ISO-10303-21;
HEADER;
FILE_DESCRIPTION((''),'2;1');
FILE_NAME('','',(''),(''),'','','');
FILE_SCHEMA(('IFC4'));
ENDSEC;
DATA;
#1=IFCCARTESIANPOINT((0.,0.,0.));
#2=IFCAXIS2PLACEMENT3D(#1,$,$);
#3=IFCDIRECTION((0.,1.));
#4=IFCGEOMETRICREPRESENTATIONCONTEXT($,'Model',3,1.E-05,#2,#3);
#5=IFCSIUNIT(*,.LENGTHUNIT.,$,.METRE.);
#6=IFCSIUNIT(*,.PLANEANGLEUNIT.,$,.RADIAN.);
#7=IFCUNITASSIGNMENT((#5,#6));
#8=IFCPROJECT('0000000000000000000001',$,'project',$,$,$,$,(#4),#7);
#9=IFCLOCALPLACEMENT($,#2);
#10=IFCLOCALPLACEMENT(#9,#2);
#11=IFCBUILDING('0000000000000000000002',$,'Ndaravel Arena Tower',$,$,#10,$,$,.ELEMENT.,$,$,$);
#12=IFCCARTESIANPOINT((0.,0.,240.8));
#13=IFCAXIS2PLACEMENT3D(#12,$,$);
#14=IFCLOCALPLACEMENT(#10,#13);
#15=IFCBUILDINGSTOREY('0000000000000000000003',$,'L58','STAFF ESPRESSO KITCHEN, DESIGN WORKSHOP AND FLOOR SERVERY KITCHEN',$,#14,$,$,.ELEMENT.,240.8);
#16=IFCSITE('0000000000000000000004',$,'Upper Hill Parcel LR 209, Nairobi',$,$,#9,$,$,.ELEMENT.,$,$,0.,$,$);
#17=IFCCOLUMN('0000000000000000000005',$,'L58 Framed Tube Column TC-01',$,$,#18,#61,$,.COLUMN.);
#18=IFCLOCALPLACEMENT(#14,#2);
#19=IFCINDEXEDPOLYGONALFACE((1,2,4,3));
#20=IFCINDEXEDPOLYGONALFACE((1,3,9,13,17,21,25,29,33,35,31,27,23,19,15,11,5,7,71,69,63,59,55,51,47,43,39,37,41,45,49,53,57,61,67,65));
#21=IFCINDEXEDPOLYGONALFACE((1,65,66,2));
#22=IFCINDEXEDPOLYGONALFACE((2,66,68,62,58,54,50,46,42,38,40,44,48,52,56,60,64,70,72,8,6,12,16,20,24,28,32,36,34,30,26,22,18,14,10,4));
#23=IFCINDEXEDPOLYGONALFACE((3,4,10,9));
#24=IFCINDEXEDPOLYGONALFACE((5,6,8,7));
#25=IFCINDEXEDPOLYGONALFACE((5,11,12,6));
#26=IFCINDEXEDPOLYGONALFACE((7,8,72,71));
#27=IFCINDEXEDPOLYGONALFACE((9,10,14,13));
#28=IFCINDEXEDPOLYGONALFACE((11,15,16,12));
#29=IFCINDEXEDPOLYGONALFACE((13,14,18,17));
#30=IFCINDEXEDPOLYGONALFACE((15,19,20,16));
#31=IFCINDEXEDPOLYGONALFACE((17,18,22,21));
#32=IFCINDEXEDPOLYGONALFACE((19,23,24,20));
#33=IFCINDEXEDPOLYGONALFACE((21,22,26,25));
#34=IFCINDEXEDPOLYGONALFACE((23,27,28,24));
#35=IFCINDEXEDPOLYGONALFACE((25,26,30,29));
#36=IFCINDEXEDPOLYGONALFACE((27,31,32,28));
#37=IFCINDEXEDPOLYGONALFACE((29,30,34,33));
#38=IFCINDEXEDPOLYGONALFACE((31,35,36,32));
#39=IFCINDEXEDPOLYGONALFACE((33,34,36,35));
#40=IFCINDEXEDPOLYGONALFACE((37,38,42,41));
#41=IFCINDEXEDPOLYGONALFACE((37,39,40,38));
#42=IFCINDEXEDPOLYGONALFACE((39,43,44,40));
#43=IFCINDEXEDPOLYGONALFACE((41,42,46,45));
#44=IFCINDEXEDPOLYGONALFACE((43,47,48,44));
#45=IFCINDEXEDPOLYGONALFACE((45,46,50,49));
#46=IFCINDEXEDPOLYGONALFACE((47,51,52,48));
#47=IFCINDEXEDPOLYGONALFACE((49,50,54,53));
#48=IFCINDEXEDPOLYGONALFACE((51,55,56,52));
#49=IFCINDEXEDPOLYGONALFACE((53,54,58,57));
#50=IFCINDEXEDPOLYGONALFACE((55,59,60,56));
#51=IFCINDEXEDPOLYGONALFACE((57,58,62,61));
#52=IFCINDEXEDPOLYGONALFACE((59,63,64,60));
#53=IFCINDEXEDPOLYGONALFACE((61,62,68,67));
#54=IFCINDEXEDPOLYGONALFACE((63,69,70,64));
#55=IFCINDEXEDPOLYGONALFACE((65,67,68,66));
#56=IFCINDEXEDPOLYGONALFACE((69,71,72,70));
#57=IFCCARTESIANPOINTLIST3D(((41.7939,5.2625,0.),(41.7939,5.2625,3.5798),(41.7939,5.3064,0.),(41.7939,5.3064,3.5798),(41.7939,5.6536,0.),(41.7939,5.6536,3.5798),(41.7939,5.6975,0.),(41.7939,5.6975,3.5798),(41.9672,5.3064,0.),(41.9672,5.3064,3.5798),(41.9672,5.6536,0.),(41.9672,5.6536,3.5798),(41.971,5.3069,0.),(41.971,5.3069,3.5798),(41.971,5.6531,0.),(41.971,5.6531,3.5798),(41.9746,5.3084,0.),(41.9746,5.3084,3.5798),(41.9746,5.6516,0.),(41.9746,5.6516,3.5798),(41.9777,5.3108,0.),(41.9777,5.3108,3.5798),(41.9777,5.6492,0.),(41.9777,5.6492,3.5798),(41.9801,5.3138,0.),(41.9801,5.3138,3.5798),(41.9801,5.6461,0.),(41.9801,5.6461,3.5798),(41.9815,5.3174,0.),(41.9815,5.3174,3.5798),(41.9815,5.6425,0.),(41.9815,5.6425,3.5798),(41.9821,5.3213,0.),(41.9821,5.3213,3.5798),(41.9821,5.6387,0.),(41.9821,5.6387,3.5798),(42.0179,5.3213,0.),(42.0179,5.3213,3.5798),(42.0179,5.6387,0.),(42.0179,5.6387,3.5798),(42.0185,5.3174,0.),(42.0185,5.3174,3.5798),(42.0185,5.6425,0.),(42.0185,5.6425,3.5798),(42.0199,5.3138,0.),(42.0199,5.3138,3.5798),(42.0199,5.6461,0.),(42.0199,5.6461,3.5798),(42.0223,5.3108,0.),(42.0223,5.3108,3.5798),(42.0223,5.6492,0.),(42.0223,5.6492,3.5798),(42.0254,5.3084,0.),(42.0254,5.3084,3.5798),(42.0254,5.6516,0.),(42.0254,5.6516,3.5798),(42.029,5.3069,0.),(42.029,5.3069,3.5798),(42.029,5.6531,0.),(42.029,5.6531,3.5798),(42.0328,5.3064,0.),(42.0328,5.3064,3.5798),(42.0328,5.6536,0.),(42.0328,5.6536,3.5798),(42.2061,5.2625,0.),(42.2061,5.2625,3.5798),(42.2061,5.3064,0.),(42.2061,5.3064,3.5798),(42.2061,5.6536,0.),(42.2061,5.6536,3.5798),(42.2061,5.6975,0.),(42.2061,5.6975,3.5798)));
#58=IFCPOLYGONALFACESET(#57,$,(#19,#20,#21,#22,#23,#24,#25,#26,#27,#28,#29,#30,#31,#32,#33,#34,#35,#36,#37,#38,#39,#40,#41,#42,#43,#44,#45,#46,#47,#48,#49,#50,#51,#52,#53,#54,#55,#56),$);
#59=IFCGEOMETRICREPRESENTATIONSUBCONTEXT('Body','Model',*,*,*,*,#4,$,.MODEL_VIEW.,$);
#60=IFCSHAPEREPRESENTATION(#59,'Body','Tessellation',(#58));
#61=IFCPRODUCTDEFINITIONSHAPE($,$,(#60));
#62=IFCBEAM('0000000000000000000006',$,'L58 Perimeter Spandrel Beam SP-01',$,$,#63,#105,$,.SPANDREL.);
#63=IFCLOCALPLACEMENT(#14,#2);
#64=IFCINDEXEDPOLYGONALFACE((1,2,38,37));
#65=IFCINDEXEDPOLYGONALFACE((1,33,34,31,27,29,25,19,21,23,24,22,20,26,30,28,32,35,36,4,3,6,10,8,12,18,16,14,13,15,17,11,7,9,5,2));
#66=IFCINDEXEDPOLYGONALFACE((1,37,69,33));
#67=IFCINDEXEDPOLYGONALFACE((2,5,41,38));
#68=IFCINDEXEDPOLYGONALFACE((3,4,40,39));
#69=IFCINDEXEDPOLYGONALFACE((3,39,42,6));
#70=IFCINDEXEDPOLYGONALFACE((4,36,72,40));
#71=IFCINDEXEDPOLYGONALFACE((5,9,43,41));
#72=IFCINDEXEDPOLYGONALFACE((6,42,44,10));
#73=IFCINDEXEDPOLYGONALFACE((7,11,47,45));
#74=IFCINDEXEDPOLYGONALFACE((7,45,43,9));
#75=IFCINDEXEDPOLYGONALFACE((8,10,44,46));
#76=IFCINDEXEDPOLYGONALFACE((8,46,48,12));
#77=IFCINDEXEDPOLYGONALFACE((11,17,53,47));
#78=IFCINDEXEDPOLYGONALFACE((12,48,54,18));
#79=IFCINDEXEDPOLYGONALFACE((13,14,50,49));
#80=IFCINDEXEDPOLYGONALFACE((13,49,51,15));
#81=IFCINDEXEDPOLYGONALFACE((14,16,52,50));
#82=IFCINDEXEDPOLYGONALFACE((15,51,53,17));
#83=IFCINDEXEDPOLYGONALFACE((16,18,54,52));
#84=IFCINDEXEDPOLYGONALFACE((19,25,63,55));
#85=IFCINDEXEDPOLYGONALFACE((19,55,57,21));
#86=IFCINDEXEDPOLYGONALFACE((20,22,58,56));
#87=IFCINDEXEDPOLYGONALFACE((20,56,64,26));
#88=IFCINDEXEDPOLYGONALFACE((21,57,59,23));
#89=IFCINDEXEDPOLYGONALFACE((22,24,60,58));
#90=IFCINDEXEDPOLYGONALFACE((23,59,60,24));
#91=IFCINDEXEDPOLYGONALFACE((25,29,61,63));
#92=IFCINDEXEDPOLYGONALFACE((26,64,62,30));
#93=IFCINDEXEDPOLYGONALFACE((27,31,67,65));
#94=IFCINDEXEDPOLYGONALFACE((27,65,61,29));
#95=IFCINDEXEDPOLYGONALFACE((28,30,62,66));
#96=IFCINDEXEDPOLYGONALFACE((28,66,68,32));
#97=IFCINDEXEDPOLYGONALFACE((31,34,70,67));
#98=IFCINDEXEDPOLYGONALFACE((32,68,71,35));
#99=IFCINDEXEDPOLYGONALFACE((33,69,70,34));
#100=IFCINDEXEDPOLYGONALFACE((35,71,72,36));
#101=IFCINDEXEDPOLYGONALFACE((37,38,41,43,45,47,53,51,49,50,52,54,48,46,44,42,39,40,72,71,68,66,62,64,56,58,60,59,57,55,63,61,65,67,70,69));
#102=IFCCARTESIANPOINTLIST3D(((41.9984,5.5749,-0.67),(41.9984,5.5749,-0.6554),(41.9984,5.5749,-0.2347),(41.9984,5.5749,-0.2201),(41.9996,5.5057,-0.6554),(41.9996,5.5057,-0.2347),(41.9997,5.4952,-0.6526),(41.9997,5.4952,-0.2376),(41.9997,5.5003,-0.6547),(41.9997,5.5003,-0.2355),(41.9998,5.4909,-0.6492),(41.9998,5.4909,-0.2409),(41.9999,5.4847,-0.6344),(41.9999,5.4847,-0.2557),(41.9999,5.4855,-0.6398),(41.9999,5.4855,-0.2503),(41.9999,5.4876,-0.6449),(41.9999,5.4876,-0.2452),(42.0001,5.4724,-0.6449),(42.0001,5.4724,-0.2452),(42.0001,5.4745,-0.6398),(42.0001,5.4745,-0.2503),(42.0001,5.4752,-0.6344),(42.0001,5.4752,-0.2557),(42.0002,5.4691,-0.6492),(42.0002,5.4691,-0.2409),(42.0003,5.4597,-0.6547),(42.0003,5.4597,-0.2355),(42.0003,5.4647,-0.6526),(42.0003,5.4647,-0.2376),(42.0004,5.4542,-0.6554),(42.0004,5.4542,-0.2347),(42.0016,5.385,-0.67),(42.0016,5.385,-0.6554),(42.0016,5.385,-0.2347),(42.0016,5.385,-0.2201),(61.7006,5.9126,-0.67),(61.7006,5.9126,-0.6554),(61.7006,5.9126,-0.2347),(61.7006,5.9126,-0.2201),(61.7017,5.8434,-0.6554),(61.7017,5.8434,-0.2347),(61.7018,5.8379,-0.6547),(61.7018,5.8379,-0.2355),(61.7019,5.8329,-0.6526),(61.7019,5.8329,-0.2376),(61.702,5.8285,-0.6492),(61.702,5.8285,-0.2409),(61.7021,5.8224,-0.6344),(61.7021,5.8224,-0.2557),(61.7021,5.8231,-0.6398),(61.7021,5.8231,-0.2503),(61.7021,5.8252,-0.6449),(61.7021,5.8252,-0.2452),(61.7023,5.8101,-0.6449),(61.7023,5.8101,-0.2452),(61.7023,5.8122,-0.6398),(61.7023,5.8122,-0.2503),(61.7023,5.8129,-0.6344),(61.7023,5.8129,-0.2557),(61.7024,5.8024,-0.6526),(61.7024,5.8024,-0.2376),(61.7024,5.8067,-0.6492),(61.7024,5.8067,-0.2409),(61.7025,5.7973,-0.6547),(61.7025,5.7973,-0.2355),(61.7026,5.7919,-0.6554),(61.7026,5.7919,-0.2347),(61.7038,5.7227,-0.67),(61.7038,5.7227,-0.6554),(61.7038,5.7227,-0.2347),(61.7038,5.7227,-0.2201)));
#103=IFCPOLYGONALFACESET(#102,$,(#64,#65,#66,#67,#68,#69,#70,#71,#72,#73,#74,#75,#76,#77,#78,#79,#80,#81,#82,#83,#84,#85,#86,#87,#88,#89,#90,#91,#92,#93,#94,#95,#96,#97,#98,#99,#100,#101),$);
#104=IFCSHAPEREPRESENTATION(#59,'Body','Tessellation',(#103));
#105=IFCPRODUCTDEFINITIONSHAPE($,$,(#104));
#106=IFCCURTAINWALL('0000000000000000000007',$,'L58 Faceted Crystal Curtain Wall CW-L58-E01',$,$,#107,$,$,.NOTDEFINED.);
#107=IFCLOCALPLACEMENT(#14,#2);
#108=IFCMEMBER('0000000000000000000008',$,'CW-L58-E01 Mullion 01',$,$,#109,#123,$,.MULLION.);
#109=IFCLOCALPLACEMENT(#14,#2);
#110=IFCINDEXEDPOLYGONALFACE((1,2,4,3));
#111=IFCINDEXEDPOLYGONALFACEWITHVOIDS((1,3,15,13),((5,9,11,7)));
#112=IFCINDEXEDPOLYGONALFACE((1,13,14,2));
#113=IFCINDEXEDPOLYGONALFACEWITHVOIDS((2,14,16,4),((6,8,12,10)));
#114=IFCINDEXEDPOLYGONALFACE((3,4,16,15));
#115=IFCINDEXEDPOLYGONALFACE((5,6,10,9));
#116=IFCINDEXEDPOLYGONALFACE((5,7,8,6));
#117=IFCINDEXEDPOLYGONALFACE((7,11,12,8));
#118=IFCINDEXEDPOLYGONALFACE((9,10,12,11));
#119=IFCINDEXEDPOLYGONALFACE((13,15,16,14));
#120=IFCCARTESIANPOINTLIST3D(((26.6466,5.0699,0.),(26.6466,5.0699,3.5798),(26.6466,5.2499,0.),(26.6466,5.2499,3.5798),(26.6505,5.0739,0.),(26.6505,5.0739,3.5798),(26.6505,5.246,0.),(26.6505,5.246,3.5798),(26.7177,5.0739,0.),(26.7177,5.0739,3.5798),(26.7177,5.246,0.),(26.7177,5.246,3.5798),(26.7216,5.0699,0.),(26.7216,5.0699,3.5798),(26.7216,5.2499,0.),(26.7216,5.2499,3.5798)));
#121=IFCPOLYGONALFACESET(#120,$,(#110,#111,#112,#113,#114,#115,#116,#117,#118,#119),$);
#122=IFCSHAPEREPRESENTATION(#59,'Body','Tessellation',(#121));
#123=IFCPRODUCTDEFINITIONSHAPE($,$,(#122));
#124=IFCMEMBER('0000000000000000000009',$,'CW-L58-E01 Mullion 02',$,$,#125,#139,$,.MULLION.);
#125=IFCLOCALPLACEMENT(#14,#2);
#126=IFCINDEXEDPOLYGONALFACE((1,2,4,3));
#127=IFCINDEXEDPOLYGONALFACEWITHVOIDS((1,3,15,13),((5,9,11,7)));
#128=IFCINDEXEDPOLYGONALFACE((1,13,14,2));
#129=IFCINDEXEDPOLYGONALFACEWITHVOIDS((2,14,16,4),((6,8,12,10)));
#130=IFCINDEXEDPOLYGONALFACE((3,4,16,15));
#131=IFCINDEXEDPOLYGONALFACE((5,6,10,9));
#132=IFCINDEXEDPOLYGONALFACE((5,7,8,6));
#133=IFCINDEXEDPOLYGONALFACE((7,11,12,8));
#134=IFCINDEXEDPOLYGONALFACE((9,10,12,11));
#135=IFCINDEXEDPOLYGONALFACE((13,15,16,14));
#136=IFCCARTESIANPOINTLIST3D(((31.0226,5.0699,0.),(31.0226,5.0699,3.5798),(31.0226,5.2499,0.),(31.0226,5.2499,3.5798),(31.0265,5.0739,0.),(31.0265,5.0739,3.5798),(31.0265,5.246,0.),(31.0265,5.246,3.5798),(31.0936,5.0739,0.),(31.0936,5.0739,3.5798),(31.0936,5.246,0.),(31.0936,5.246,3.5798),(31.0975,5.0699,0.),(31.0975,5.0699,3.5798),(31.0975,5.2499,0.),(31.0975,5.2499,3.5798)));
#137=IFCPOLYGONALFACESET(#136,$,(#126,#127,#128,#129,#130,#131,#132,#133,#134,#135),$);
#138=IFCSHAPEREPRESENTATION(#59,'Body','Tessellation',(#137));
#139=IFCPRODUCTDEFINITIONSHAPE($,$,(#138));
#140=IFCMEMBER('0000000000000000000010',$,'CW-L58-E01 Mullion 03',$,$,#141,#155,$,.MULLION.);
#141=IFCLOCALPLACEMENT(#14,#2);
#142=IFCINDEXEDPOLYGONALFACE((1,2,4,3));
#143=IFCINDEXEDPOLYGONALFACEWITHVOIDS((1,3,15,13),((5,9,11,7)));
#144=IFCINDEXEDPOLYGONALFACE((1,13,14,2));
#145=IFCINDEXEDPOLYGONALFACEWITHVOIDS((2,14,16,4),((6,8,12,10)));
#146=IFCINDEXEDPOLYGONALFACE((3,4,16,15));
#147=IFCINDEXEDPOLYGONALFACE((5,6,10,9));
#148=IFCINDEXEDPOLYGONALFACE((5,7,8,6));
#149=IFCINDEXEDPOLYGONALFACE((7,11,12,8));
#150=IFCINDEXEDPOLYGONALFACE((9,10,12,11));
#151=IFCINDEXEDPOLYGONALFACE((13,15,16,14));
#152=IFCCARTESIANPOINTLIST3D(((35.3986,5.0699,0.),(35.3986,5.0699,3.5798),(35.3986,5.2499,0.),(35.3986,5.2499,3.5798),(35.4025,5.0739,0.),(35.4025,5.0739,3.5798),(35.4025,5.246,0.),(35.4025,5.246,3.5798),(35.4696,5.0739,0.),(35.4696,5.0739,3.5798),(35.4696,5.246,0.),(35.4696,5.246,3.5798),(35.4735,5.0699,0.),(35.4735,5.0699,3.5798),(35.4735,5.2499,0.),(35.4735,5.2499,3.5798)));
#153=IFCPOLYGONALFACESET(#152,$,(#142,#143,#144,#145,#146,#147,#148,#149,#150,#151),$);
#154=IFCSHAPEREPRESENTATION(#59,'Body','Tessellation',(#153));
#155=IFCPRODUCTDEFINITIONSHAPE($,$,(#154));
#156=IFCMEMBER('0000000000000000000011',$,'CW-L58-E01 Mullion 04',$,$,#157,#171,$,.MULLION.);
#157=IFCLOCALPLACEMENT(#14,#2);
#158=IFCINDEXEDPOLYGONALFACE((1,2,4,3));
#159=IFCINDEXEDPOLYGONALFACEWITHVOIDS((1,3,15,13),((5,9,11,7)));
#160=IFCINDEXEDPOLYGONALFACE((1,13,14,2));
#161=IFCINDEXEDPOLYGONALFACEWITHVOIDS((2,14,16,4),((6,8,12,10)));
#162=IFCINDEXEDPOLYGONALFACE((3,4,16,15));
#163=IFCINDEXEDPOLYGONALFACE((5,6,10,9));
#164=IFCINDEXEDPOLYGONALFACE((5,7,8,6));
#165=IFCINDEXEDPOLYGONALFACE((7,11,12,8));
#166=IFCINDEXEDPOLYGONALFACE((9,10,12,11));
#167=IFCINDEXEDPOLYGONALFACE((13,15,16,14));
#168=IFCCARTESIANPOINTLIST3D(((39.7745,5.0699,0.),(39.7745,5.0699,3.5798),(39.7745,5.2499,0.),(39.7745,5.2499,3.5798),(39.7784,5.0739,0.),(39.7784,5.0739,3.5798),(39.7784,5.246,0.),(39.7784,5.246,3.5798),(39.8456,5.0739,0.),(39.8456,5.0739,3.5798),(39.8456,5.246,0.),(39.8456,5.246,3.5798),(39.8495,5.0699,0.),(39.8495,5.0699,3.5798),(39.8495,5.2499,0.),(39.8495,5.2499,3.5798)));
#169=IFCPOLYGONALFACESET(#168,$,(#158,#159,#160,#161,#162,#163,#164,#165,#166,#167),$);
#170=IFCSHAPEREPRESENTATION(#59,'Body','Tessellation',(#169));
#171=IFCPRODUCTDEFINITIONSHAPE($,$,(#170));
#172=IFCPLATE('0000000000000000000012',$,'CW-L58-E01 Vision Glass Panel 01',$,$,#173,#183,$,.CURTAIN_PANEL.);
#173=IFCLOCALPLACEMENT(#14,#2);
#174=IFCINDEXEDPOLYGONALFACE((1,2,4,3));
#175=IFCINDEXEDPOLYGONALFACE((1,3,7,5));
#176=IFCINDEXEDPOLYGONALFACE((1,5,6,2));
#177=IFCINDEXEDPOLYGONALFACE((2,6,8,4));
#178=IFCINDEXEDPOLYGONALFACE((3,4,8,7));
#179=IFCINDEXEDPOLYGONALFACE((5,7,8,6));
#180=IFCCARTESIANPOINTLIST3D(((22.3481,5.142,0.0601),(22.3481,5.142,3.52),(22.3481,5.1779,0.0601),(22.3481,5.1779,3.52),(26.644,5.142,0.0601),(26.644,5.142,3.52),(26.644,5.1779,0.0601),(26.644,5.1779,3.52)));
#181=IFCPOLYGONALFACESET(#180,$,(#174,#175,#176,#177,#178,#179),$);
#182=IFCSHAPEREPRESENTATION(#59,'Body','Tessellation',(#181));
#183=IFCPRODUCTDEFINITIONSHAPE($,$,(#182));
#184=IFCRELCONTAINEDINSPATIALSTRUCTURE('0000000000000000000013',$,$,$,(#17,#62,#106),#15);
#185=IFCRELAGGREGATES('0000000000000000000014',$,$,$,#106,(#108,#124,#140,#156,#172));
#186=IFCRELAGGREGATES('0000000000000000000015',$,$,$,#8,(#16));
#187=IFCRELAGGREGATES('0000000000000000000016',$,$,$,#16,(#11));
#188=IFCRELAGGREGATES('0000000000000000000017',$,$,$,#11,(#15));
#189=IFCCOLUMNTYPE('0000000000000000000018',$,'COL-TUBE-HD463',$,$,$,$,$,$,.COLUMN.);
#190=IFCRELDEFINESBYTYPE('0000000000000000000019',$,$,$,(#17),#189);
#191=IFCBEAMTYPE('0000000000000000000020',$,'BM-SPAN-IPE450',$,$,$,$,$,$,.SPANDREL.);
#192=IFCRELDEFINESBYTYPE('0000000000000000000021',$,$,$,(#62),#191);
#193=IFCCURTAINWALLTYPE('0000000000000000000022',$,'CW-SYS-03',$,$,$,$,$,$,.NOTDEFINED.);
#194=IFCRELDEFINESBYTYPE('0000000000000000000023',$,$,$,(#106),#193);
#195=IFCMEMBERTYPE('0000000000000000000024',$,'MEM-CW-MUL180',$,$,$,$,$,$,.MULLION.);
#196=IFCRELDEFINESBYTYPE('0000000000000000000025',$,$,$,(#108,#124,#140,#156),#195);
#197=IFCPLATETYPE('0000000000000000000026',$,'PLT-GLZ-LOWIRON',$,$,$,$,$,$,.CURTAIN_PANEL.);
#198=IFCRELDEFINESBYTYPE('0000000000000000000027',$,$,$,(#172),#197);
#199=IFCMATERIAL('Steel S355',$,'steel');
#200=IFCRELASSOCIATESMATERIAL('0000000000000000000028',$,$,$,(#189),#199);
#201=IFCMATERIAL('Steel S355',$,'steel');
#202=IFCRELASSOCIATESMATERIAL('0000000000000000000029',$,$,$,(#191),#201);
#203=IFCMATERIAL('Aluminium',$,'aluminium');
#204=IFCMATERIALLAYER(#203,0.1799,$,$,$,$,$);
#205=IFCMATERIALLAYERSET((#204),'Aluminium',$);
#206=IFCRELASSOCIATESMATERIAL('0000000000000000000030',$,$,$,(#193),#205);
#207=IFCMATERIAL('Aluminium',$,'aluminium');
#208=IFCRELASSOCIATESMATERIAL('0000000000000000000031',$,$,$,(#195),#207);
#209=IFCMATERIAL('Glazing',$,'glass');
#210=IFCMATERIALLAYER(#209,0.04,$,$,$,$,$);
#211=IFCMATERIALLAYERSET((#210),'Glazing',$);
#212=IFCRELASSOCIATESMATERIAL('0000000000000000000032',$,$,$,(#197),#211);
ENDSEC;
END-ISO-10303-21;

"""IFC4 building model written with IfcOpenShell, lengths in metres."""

from ifc_helpers import new_model, si_unit, direction, frame, origin, origin_2d, place, context, subcontext, project, spatial, rectangle, hollow_rectangle, i_section, extrude, material, layer, layer_set, material_profile, profile_set, type_object, element, aggregate, save


model = new_model("IFC4")

# Units and contexts
model_context = context("Model", 3, precision=1e-05, world=origin(), true_north=direction((0.0, 1.0)))
body_context = subcontext(model_context, "Body", "Model", "MODEL_VIEW")
ifc_project = project(units=[si_unit("LENGTHUNIT", "METRE"), si_unit("PLANEANGLEUNIT", "RADIAN")], contexts=[model_context])

# Site, building, storey
site_placement = place(None, origin())
site = spatial("IfcSite", under=ifc_project, at=site_placement, Name="Upper Hill Parcel LR 209, Nairobi", CompositionType="ELEMENT", RefElevation=0.0)
building_placement = place(site_placement, origin())
building = spatial("IfcBuilding", under=site, at=building_placement, Name="Ndaravel Arena Tower", CompositionType="ELEMENT")
storey_placement = place(building_placement, frame((0.0, 0.0, 240.8)))
storey = spatial("IfcBuildingStorey", under=building, at=storey_placement, Name="L58", Description="STAFF ESPRESSO KITCHEN, DESIGN WORKSHOP AND FLOOR SERVERY KITCHEN", CompositionType="ELEMENT", Elevation=240.8)

# Column
ifc_material_1 = material(Name="Steel S355", Category="steel")
ifc_material_profile_1 = material_profile(ifc_material_1, i_section(OverallWidth=0.4121, OverallDepth=0.4351, WebThickness=0.0359, FlangeThickness=0.0439, FilletRadius=0.0149, at=origin_2d()), Name="HD 400x463")
ifc_profile_set_1 = profile_set([ifc_material_profile_1], Name="Steel S355")
column_type = type_object("IfcColumnType", Name="COL-TUBE-HD463", PredefinedType="COLUMN", material=ifc_profile_set_1)
column_placement = place(storey_placement, frame((42.0, 5.48, 0.0), z_axis=(0.0, 0.0, 1.0), x_axis=(1.0, 0.0, 0.0)))
element("IfcColumn", 1, at=column_placement, inside=storey, type_object=column_type, Name="L58 Framed Tube Column TC-01", PredefinedType="COLUMN", context=body_context, shape_type="SweptSolid", body=[
    extrude(i_section(OverallWidth=0.4121, OverallDepth=0.4351, WebThickness=0.0359, FlangeThickness=0.0439, FilletRadius=0.0149, at=origin_2d()), origin(), (0.0, 0.0, 1.0), 3.5798),
])

# Beam
ifc_material_2 = material(Name="Steel S355", Category="steel")
ifc_material_profile_2 = material_profile(ifc_material_2, i_section(OverallWidth=0.1899, OverallDepth=0.45, WebThickness=0.0095, FlangeThickness=0.0146, FilletRadius=0.021, at=origin_2d()), Name="IPE 450")
ifc_profile_set_2 = profile_set([ifc_material_profile_2], Name="Steel S355")
beam_type = type_object("IfcBeamType", Name="BM-SPAN-IPE450", PredefinedType="SPANDREL", material=ifc_profile_set_2)
beam_placement = place(storey_placement, frame((42.0, 5.48, -0.4451), z_axis=(0.999853, 0.017135, 0.0), x_axis=(-0.017135, 0.999853, 0.0)))
element("IfcBeam", 2, at=beam_placement, inside=storey, type_object=beam_type, Name="L58 Perimeter Spandrel Beam SP-01", PredefinedType="SPANDREL", context=body_context, shape_type="SweptSolid", body=[
    extrude(i_section(OverallWidth=0.1899, OverallDepth=0.45, WebThickness=0.0095, FlangeThickness=0.0146, FilletRadius=0.021, at=origin_2d()), origin(), (0.0, 0.0, 1.0), 19.7051),
])

# Curtain wall, members, plate
ifc_material_3 = material(Name="Aluminium", Category="aluminium")
ifc_layer_1 = layer(ifc_material_3, 0.1799)
ifc_layer_set_1 = layer_set([ifc_layer_1], Name="Aluminium")
curtain_wall_type = type_object("IfcCurtainWallType", Name="CW-SYS-03", PredefinedType="NOTDEFINED", material=ifc_layer_set_1)
curtain_wall_placement = place(storey_placement, origin())
curtain_wall = element("IfcCurtainWall", 3, at=curtain_wall_placement, inside=storey, type_object=curtain_wall_type, Name="L58 Faceted Crystal Curtain Wall CW-L58-E01", PredefinedType="NOTDEFINED")
ifc_material_4 = material(Name="Aluminium", Category="aluminium")
ifc_material_profile_3 = material_profile(ifc_material_4, hollow_rectangle(XDim=0.075, YDim=0.1799, WallThickness=0.0039, at=origin_2d()), Name="CW MULLION 75x180x4")
ifc_profile_set_3 = profile_set([ifc_material_profile_3], Name="Aluminium")
member_type = type_object("IfcMemberType", Name="MEM-CW-MUL180", PredefinedType="MULLION", material=ifc_profile_set_3)
member_1_placement = place(storey_placement, frame((26.6841, 5.1599, 0.0), z_axis=(0.0, 0.0, 1.0), x_axis=(1.0, 0.0, 0.0)))
member_1 = element("IfcMember", 4, at=member_1_placement, type_object=member_type, Name="CW-L58-E01 Mullion 01", PredefinedType="MULLION", context=body_context, shape_type="SweptSolid", body=[
    extrude(hollow_rectangle(XDim=0.075, YDim=0.1799, WallThickness=0.0039, at=origin_2d()), origin(), (0.0, 0.0, 1.0), 3.5798),
])
member_2_placement = place(storey_placement, frame((31.0601, 5.1599, 0.0), z_axis=(0.0, 0.0, 1.0), x_axis=(1.0, 0.0, 0.0)))
member_2 = element("IfcMember", 5, at=member_2_placement, type_object=member_type, Name="CW-L58-E01 Mullion 02", PredefinedType="MULLION", context=body_context, shape_type="SweptSolid", body=[
    extrude(hollow_rectangle(XDim=0.075, YDim=0.1799, WallThickness=0.0039, at=origin_2d()), origin(), (0.0, 0.0, 1.0), 3.5798),
])
member_3_placement = place(storey_placement, frame((35.436, 5.1599, 0.0), z_axis=(0.0, 0.0, 1.0), x_axis=(1.0, 0.0, 0.0)))
member_3 = element("IfcMember", 6, at=member_3_placement, type_object=member_type, Name="CW-L58-E01 Mullion 03", PredefinedType="MULLION", context=body_context, shape_type="SweptSolid", body=[
    extrude(hollow_rectangle(XDim=0.075, YDim=0.1799, WallThickness=0.0039, at=origin_2d()), origin(), (0.0, 0.0, 1.0), 3.5798),
])
member_4_placement = place(storey_placement, frame((39.812, 5.1599, 0.0), z_axis=(0.0, 0.0, 1.0), x_axis=(1.0, 0.0, 0.0)))
member_4 = element("IfcMember", 7, at=member_4_placement, type_object=member_type, Name="CW-L58-E01 Mullion 04", PredefinedType="MULLION", context=body_context, shape_type="SweptSolid", body=[
    extrude(hollow_rectangle(XDim=0.075, YDim=0.1799, WallThickness=0.0039, at=origin_2d()), origin(), (0.0, 0.0, 1.0), 3.5798),
])
ifc_material_5 = material(Name="Glazing", Category="glass")
ifc_layer_2 = layer(ifc_material_5, 0.04)
ifc_layer_set_2 = layer_set([ifc_layer_2], Name="Glazing")
plate_type = type_object("IfcPlateType", Name="PLT-GLZ-LOWIRON", PredefinedType="CURTAIN_PANEL", material=ifc_layer_set_2)
plate_1_placement = place(storey_placement, frame((24.4961, 5.1599, 0.0601), z_axis=(0.0, 0.0, 1.0), x_axis=(1.0, 0.0, 0.0)))
plate_1 = element("IfcPlate", 8, at=plate_1_placement, type_object=plate_type, Name="CW-L58-E01 Vision Glass Panel 01", PredefinedType="CURTAIN_PANEL", context=body_context, shape_type="SweptSolid", body=[
    extrude(rectangle(XDim=4.2959, YDim=0.0359, at=origin_2d()), origin(), (0.0, 0.0, 1.0), 3.46),
])
aggregate(curtain_wall, [member_1, member_2, member_3, member_4, plate_1])

save(model, "model.ifc")
